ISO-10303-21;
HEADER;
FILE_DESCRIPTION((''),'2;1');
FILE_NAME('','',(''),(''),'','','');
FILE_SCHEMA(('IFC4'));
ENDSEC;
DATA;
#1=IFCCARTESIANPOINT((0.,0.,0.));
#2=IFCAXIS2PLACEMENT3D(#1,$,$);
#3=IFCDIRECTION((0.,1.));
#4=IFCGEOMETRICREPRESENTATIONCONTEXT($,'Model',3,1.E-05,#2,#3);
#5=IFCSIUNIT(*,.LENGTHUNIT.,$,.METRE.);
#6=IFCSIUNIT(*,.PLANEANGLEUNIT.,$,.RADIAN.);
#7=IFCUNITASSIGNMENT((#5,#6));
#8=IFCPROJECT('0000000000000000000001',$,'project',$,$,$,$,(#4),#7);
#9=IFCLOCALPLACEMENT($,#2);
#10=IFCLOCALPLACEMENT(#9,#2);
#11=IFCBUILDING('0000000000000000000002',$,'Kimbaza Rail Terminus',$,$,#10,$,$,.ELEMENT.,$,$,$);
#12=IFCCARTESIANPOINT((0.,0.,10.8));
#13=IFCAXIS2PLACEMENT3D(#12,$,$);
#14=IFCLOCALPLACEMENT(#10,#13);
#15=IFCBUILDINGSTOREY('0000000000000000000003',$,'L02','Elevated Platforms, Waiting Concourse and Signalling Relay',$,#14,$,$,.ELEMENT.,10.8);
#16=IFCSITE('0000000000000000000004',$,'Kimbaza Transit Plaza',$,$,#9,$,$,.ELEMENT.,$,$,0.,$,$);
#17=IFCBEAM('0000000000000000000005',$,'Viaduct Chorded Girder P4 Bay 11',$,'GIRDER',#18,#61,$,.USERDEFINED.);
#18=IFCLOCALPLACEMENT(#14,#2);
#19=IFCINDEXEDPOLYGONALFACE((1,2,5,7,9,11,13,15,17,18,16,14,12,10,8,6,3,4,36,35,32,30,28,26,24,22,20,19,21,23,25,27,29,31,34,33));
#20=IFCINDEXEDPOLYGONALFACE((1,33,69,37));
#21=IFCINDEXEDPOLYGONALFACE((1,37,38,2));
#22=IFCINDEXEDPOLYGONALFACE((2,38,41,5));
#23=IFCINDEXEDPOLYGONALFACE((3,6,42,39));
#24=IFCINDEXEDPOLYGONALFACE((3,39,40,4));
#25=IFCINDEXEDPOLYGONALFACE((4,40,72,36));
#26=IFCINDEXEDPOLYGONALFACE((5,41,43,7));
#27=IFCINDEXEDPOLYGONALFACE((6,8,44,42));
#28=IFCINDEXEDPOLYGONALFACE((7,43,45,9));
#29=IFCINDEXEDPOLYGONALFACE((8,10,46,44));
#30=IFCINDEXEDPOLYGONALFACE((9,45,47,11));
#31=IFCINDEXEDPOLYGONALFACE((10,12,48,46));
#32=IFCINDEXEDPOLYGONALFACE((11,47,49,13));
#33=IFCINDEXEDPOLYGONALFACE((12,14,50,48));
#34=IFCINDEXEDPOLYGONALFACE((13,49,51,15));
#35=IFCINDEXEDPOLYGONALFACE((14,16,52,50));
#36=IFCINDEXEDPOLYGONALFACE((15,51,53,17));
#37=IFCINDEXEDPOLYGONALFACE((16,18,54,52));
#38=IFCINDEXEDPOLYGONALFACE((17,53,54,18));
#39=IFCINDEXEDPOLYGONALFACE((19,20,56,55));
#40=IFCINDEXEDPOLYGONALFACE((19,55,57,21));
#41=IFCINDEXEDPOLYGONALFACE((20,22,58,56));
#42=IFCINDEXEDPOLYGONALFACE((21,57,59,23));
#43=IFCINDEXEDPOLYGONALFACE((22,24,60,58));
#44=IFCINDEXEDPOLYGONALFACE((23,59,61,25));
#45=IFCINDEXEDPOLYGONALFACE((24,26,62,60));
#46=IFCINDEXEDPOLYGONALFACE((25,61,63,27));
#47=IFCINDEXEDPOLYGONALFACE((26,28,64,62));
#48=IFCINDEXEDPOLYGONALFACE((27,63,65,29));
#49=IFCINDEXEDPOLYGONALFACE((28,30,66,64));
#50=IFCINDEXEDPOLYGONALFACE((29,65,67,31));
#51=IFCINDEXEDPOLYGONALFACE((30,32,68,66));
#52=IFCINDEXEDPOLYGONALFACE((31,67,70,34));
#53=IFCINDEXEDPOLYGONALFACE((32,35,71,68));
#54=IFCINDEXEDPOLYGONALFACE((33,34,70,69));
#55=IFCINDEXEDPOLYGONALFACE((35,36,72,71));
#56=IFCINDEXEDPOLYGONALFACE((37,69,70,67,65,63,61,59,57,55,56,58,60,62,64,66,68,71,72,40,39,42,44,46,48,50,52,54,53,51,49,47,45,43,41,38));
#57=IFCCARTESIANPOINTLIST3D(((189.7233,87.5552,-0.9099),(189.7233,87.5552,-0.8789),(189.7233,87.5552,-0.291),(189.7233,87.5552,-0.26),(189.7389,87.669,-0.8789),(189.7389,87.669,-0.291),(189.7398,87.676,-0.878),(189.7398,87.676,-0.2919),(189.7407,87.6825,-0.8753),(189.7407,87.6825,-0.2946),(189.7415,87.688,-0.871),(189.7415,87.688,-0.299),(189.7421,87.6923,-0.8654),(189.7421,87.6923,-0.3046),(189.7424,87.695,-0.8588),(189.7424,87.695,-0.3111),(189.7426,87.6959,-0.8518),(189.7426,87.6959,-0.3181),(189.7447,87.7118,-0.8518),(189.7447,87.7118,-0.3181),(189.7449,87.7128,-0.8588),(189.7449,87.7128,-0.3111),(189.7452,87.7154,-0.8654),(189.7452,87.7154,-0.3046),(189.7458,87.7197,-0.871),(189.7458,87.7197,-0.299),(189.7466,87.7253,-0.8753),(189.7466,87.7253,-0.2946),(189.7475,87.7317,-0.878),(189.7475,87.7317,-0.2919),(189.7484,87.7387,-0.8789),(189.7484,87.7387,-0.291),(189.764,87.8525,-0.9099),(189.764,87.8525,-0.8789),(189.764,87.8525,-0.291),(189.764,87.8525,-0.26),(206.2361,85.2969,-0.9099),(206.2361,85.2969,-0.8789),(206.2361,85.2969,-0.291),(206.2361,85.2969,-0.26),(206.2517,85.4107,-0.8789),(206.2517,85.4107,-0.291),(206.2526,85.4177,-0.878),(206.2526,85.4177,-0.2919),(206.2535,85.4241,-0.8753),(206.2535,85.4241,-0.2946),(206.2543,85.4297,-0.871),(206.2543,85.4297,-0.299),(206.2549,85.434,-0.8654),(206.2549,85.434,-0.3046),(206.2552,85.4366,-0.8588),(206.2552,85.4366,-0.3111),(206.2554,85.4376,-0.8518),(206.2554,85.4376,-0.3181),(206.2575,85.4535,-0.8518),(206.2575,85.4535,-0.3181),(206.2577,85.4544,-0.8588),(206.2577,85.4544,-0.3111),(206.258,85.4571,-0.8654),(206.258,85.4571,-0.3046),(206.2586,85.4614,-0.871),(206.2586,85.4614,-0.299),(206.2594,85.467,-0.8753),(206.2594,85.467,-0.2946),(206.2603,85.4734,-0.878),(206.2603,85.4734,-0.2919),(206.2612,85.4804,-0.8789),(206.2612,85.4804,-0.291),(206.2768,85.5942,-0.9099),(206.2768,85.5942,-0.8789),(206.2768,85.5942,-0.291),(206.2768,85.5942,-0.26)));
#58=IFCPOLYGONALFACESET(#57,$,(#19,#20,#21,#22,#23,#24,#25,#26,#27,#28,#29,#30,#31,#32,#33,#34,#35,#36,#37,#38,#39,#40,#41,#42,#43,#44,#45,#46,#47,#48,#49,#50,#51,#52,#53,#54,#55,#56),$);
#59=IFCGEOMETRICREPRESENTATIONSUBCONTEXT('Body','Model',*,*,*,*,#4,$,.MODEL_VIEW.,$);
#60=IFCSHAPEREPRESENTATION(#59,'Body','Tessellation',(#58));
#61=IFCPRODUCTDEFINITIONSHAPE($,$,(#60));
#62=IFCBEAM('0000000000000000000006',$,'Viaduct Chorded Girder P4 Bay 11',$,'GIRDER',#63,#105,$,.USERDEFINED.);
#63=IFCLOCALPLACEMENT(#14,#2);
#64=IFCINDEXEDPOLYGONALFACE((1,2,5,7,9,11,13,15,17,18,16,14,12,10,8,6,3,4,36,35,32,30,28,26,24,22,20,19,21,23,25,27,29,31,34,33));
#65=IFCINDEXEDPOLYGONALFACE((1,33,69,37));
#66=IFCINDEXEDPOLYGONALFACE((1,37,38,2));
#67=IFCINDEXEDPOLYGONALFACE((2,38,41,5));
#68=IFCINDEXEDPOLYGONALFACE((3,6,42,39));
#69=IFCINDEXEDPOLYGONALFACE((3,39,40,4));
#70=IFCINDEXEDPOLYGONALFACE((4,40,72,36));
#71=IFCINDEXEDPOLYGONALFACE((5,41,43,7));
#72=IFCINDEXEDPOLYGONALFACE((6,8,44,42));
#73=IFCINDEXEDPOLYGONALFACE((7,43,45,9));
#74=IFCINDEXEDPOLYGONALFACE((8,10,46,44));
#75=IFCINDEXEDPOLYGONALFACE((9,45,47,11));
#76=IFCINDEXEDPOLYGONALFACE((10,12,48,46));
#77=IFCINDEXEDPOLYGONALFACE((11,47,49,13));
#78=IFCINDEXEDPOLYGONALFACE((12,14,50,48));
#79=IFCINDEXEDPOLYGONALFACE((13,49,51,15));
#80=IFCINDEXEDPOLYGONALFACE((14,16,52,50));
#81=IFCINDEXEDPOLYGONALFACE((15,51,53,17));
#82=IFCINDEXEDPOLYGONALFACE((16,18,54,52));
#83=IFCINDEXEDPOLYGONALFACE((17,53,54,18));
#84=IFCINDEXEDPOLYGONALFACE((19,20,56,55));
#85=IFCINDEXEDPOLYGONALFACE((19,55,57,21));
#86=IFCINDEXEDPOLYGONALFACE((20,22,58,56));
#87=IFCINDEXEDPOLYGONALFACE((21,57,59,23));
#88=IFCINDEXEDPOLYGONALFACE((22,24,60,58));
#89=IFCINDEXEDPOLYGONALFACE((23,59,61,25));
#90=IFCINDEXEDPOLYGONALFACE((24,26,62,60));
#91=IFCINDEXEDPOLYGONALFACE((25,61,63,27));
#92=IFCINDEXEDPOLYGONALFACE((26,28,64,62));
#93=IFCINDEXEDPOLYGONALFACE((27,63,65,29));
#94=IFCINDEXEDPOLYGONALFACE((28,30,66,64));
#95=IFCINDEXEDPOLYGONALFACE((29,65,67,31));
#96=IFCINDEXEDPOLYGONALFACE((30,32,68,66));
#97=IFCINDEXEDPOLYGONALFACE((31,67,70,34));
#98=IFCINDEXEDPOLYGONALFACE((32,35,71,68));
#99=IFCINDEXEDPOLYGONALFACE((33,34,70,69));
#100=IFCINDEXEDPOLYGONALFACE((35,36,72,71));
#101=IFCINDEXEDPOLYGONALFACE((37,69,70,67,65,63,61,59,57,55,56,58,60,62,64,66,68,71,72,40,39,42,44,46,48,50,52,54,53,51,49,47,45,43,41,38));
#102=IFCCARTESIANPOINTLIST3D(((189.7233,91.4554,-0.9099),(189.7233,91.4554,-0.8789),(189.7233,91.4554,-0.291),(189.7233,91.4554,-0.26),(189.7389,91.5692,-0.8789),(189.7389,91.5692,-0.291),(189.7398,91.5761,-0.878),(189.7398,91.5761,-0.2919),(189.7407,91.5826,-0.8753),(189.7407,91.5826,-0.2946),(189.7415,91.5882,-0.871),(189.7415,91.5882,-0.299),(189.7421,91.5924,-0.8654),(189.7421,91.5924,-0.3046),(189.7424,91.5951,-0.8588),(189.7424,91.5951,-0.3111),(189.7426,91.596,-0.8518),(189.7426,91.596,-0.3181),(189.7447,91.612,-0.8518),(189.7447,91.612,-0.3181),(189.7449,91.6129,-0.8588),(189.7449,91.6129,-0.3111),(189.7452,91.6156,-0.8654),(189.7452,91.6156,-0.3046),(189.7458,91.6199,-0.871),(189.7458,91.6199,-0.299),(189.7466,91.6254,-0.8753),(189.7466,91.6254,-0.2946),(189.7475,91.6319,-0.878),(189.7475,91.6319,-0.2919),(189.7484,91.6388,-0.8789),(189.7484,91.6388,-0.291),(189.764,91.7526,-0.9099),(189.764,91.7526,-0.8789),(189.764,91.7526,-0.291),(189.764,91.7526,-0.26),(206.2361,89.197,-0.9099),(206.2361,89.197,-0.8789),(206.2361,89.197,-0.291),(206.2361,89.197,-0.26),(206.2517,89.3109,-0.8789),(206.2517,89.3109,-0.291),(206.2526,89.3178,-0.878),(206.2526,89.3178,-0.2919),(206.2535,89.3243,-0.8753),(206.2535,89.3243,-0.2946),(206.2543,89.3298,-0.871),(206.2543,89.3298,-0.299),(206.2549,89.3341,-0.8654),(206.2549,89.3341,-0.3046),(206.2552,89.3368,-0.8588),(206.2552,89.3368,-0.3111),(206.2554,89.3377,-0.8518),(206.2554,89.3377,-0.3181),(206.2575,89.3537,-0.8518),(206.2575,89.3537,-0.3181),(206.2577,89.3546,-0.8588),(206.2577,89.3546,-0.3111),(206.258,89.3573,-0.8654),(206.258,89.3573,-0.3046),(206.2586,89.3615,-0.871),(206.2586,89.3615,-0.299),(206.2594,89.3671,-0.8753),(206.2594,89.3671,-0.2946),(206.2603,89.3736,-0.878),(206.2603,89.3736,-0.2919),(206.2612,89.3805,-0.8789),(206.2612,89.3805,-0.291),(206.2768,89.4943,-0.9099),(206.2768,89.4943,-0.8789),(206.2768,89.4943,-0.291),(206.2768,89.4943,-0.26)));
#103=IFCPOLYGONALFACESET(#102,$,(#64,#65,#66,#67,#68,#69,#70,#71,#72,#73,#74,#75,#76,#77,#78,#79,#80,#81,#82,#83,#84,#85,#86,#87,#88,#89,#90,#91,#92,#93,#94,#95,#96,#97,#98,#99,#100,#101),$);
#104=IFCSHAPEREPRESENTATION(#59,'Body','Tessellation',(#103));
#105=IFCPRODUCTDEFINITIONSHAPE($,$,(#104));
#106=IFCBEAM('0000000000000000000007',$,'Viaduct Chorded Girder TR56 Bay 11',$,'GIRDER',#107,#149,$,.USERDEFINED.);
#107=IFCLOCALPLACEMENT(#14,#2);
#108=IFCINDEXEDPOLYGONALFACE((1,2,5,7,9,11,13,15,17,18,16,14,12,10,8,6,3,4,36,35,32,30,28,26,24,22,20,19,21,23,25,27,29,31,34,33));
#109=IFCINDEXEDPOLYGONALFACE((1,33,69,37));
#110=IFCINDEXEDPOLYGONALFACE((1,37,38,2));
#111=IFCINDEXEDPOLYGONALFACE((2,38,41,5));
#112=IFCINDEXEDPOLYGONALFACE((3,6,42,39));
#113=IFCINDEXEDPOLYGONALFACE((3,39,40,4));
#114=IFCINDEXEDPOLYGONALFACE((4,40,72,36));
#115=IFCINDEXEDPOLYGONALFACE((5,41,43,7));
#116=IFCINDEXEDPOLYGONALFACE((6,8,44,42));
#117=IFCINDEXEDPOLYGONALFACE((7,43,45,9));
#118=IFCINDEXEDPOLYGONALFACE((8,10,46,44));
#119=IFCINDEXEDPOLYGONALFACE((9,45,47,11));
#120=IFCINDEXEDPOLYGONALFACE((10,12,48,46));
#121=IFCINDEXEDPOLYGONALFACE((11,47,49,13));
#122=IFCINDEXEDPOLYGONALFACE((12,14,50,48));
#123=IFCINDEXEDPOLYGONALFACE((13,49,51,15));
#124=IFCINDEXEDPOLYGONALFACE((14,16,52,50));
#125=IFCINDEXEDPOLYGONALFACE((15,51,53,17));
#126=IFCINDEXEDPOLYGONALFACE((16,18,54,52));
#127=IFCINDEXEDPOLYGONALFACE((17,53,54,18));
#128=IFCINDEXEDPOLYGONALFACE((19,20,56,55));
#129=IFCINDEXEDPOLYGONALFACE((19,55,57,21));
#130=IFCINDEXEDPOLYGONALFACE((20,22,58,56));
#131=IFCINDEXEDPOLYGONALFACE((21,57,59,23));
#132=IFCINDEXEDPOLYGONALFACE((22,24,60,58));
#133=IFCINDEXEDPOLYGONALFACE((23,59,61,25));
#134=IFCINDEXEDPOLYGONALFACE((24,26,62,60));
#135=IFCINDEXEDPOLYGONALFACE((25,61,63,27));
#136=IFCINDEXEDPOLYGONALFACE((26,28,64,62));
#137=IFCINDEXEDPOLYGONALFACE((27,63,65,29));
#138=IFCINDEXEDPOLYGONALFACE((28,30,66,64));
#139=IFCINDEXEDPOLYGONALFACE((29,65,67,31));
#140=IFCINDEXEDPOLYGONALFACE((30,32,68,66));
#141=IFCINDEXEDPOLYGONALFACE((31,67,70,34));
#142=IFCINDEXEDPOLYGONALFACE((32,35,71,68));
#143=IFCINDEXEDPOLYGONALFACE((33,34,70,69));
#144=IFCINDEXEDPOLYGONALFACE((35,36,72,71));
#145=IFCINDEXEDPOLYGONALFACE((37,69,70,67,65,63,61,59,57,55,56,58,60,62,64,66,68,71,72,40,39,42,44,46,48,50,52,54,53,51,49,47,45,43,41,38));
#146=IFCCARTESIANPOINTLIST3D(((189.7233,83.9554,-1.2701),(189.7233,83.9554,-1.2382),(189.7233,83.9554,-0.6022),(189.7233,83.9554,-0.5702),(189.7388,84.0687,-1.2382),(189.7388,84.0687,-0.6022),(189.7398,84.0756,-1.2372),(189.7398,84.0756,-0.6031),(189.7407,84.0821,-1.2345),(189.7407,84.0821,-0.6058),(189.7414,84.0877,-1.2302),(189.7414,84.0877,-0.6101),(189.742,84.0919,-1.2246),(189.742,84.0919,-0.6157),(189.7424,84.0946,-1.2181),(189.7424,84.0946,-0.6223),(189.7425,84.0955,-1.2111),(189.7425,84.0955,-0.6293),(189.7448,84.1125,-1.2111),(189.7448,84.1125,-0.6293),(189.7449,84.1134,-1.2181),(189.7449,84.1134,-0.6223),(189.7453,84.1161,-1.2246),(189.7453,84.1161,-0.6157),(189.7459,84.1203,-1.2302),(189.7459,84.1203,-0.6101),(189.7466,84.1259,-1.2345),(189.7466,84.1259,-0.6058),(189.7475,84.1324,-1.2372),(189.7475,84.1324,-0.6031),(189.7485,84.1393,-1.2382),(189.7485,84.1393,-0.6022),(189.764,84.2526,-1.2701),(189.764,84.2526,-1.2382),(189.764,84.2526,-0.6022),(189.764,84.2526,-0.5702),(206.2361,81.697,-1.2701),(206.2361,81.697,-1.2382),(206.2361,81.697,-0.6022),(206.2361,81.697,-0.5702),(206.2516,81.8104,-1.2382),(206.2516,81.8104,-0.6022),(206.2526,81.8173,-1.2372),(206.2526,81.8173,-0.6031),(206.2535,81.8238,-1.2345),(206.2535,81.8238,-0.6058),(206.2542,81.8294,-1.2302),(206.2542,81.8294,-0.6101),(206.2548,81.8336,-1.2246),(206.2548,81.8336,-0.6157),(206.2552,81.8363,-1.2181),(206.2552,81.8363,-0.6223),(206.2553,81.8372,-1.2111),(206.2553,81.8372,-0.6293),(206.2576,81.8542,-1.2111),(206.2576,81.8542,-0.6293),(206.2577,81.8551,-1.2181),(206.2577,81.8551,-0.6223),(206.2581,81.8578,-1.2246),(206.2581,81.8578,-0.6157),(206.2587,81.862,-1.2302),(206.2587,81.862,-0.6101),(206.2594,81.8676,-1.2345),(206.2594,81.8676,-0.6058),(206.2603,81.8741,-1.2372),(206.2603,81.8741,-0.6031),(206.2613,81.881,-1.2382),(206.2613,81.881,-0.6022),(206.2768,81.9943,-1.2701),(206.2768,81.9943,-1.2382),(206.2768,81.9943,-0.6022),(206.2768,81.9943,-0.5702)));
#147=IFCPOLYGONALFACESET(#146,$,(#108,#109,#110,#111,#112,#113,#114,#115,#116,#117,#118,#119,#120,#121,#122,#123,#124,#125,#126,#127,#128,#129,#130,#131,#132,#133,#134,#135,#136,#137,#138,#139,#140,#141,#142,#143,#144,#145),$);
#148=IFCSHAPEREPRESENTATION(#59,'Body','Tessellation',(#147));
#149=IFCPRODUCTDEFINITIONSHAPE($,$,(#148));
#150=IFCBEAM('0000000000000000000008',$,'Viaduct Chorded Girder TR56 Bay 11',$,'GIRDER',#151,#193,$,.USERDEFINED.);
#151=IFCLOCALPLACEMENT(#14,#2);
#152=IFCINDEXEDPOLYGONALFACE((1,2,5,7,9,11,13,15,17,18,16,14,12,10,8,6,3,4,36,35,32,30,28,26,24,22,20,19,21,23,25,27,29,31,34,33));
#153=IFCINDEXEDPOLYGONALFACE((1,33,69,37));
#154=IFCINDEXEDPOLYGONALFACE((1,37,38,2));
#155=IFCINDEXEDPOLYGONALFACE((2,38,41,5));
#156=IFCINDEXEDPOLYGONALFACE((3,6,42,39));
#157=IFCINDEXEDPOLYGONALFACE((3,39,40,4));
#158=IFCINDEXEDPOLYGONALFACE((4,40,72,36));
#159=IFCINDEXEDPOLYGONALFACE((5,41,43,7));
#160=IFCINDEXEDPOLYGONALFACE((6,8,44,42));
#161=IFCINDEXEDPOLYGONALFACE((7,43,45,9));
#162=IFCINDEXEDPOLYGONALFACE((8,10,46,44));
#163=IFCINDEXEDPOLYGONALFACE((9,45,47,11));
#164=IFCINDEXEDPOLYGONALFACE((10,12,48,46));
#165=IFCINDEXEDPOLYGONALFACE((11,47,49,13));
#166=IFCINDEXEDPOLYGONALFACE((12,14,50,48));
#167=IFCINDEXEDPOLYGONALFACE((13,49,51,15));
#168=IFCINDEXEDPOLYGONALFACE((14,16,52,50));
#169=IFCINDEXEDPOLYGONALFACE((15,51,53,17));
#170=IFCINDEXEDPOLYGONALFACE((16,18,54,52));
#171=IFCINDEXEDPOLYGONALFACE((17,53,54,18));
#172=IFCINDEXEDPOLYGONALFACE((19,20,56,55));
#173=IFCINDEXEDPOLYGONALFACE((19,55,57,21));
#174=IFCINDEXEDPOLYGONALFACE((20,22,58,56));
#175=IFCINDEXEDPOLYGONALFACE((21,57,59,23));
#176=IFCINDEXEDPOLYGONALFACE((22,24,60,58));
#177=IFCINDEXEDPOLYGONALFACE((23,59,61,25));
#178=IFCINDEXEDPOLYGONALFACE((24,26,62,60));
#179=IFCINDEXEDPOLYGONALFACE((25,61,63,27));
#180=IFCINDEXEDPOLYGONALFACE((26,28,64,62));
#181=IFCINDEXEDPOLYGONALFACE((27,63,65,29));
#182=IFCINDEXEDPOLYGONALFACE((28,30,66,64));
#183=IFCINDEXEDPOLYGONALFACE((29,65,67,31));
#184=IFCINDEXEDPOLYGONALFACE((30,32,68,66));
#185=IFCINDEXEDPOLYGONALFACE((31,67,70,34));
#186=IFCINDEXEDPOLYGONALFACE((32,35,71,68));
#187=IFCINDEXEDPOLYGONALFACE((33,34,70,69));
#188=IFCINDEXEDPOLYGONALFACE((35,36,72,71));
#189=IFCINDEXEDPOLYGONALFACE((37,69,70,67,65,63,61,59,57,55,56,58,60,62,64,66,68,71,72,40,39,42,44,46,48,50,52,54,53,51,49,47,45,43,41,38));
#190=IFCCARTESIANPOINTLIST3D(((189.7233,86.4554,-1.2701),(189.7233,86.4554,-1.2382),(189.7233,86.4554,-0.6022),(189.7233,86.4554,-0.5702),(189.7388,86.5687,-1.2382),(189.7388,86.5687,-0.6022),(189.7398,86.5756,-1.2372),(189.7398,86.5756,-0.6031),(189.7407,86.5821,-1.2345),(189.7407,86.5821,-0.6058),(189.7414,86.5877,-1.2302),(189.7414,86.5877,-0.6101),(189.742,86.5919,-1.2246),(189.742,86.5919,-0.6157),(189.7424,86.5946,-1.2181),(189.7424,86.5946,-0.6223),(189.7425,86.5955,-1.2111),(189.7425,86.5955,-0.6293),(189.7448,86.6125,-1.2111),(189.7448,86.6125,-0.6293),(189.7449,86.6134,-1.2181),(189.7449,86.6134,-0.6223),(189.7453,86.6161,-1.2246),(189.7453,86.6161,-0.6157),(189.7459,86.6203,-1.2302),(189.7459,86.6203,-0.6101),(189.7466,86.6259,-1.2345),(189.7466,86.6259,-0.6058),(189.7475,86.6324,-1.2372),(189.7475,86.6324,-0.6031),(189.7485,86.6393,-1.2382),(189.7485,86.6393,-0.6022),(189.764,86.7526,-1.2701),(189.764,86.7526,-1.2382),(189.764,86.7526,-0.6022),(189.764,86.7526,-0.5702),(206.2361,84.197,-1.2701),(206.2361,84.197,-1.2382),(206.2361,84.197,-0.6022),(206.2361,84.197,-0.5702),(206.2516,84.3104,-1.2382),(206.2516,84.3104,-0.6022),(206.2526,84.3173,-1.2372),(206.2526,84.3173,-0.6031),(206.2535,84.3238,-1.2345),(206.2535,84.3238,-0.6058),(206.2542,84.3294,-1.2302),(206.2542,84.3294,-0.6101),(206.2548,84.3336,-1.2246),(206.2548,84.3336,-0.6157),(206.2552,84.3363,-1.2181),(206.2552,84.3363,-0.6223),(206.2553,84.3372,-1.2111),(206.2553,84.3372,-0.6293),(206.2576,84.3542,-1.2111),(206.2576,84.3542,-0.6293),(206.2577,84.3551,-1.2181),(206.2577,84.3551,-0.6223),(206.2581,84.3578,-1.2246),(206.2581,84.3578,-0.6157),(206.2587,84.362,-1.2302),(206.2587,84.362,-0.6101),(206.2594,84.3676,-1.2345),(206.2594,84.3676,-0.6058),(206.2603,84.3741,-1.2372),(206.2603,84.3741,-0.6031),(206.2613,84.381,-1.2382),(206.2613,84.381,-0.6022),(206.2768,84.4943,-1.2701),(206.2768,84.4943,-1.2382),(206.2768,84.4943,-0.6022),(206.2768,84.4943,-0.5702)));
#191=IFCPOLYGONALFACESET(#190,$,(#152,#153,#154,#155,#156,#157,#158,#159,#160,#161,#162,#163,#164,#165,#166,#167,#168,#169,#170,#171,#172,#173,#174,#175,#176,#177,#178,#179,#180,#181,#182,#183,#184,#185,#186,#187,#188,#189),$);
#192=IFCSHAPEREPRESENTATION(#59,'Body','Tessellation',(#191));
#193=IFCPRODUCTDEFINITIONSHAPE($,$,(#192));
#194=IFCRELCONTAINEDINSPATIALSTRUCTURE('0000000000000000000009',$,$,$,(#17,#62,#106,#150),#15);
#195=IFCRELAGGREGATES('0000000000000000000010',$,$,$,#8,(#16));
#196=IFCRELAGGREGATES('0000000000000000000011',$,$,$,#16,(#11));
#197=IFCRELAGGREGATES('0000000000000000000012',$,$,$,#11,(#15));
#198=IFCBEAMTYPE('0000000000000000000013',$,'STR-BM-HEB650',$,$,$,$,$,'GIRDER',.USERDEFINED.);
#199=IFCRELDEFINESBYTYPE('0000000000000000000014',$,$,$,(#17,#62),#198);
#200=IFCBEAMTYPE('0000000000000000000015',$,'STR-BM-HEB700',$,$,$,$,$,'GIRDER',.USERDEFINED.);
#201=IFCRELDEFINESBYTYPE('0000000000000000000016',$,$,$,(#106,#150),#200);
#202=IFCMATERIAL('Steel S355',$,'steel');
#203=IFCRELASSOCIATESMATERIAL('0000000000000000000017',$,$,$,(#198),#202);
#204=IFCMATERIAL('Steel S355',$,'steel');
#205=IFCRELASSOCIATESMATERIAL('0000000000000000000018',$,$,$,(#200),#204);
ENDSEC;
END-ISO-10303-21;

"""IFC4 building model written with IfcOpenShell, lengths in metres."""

from ifc_helpers import new_model, si_unit, direction, frame, origin, origin_2d, place, context, subcontext, project, spatial, i_section, extrude, material, material_profile, profile_set, type_object, element, save


model = new_model("IFC4")

# Units and contexts
model_context = context("Model", 3, precision=1e-05, world=origin(), true_north=direction((0.0, 1.0)))
body_context = subcontext(model_context, "Body", "Model", "MODEL_VIEW")
ifc_project = project(units=[si_unit("LENGTHUNIT", "METRE"), si_unit("PLANEANGLEUNIT", "RADIAN")], contexts=[model_context])

# Site, building, storey
site_placement = place(None, origin())
site = spatial("IfcSite", under=ifc_project, at=site_placement, Name="Kimbaza Transit Plaza", CompositionType="ELEMENT", RefElevation=0.0)
building_placement = place(site_placement, origin())
building = spatial("IfcBuilding", under=site, at=building_placement, Name="Kimbaza Rail Terminus", CompositionType="ELEMENT")
storey_placement = place(building_placement, frame((0.0, 0.0, 10.8)))
storey = spatial("IfcBuildingStorey", under=building, at=storey_placement, Name="L02", Description="Elevated Platforms, Waiting Concourse and Signalling Relay", CompositionType="ELEMENT", Elevation=10.8)

# Beams
ifc_material_1 = material(Name="Steel S355", Category="steel")
ifc_material_profile_1 = material_profile(ifc_material_1, i_section(OverallWidth=0.3, OverallDepth=0.6499, WebThickness=0.0161, FlangeThickness=0.031, FilletRadius=0.0271, at=origin_2d()), Name="HEB 650")
ifc_profile_set_1 = profile_set([ifc_material_profile_1], Name="Steel S355")
beam_type_1 = type_object("IfcBeamType", Name="STR-BM-HEB650", ElementType="GIRDER", PredefinedType="USERDEFINED", material=ifc_profile_set_1)
for number, where, z_axis, x_axis, name in (
    (1, (189.7437, 87.7039, -0.585), (0.990777, -0.1355, 0.0), (0.1355, 0.990777, 0.0), "Viaduct Chorded Girder P4 Bay 11"),
    (2, (189.7437, 91.604, -0.585), (0.990777, -0.1355, 0.0), (0.1355, 0.990777, 0.0), "Viaduct Chorded Girder P4 Bay 11"),
):
    element("IfcBeam", number, at=place(storey_placement, frame(where, z_axis=z_axis, x_axis=x_axis)), inside=storey, type_object=beam_type_1, Name=name, ObjectType="GIRDER", PredefinedType="USERDEFINED", context=body_context, shape_type="SweptSolid", body=[
        extrude(i_section(OverallWidth=0.3, OverallDepth=0.6499, WebThickness=0.0161, FlangeThickness=0.031, FilletRadius=0.0271, at=origin_2d()), origin(), (0.0, 0.0, 1.0), 16.6665),
    ])
ifc_material_2 = material(Name="Steel S355", Category="steel")
ifc_material_profile_2 = material_profile(ifc_material_2, i_section(OverallWidth=0.3, OverallDepth=0.7, WebThickness=0.0171, FlangeThickness=0.032, FilletRadius=0.0271, at=origin_2d()), Name="HEB 700")
ifc_profile_set_2 = profile_set([ifc_material_profile_2], Name="Steel S355")
beam_type_2 = type_object("IfcBeamType", Name="STR-BM-HEB700", ElementType="GIRDER", PredefinedType="USERDEFINED", material=ifc_profile_set_2)
for number, where, z_axis, x_axis, name in (
    (3, (189.7437, 84.104, -0.9202), (0.990777, -0.1355, 0.0), (0.1355, 0.990777, 0.0), "Viaduct Chorded Girder TR56 Bay 11"),
    (4, (189.7437, 86.604, -0.9202), (0.990777, -0.1355, 0.0), (0.1355, 0.990777, 0.0), "Viaduct Chorded Girder TR56 Bay 11"),
):
    element("IfcBeam", number, at=place(storey_placement, frame(where, z_axis=z_axis, x_axis=x_axis)), inside=storey, type_object=beam_type_2, Name=name, ObjectType="GIRDER", PredefinedType="USERDEFINED", context=body_context, shape_type="SweptSolid", body=[
        extrude(i_section(OverallWidth=0.3, OverallDepth=0.7, WebThickness=0.0171, FlangeThickness=0.032, FilletRadius=0.0271, at=origin_2d()), origin(), (0.0, 0.0, 1.0), 16.6665),
    ])

save(model, "model.ifc")
